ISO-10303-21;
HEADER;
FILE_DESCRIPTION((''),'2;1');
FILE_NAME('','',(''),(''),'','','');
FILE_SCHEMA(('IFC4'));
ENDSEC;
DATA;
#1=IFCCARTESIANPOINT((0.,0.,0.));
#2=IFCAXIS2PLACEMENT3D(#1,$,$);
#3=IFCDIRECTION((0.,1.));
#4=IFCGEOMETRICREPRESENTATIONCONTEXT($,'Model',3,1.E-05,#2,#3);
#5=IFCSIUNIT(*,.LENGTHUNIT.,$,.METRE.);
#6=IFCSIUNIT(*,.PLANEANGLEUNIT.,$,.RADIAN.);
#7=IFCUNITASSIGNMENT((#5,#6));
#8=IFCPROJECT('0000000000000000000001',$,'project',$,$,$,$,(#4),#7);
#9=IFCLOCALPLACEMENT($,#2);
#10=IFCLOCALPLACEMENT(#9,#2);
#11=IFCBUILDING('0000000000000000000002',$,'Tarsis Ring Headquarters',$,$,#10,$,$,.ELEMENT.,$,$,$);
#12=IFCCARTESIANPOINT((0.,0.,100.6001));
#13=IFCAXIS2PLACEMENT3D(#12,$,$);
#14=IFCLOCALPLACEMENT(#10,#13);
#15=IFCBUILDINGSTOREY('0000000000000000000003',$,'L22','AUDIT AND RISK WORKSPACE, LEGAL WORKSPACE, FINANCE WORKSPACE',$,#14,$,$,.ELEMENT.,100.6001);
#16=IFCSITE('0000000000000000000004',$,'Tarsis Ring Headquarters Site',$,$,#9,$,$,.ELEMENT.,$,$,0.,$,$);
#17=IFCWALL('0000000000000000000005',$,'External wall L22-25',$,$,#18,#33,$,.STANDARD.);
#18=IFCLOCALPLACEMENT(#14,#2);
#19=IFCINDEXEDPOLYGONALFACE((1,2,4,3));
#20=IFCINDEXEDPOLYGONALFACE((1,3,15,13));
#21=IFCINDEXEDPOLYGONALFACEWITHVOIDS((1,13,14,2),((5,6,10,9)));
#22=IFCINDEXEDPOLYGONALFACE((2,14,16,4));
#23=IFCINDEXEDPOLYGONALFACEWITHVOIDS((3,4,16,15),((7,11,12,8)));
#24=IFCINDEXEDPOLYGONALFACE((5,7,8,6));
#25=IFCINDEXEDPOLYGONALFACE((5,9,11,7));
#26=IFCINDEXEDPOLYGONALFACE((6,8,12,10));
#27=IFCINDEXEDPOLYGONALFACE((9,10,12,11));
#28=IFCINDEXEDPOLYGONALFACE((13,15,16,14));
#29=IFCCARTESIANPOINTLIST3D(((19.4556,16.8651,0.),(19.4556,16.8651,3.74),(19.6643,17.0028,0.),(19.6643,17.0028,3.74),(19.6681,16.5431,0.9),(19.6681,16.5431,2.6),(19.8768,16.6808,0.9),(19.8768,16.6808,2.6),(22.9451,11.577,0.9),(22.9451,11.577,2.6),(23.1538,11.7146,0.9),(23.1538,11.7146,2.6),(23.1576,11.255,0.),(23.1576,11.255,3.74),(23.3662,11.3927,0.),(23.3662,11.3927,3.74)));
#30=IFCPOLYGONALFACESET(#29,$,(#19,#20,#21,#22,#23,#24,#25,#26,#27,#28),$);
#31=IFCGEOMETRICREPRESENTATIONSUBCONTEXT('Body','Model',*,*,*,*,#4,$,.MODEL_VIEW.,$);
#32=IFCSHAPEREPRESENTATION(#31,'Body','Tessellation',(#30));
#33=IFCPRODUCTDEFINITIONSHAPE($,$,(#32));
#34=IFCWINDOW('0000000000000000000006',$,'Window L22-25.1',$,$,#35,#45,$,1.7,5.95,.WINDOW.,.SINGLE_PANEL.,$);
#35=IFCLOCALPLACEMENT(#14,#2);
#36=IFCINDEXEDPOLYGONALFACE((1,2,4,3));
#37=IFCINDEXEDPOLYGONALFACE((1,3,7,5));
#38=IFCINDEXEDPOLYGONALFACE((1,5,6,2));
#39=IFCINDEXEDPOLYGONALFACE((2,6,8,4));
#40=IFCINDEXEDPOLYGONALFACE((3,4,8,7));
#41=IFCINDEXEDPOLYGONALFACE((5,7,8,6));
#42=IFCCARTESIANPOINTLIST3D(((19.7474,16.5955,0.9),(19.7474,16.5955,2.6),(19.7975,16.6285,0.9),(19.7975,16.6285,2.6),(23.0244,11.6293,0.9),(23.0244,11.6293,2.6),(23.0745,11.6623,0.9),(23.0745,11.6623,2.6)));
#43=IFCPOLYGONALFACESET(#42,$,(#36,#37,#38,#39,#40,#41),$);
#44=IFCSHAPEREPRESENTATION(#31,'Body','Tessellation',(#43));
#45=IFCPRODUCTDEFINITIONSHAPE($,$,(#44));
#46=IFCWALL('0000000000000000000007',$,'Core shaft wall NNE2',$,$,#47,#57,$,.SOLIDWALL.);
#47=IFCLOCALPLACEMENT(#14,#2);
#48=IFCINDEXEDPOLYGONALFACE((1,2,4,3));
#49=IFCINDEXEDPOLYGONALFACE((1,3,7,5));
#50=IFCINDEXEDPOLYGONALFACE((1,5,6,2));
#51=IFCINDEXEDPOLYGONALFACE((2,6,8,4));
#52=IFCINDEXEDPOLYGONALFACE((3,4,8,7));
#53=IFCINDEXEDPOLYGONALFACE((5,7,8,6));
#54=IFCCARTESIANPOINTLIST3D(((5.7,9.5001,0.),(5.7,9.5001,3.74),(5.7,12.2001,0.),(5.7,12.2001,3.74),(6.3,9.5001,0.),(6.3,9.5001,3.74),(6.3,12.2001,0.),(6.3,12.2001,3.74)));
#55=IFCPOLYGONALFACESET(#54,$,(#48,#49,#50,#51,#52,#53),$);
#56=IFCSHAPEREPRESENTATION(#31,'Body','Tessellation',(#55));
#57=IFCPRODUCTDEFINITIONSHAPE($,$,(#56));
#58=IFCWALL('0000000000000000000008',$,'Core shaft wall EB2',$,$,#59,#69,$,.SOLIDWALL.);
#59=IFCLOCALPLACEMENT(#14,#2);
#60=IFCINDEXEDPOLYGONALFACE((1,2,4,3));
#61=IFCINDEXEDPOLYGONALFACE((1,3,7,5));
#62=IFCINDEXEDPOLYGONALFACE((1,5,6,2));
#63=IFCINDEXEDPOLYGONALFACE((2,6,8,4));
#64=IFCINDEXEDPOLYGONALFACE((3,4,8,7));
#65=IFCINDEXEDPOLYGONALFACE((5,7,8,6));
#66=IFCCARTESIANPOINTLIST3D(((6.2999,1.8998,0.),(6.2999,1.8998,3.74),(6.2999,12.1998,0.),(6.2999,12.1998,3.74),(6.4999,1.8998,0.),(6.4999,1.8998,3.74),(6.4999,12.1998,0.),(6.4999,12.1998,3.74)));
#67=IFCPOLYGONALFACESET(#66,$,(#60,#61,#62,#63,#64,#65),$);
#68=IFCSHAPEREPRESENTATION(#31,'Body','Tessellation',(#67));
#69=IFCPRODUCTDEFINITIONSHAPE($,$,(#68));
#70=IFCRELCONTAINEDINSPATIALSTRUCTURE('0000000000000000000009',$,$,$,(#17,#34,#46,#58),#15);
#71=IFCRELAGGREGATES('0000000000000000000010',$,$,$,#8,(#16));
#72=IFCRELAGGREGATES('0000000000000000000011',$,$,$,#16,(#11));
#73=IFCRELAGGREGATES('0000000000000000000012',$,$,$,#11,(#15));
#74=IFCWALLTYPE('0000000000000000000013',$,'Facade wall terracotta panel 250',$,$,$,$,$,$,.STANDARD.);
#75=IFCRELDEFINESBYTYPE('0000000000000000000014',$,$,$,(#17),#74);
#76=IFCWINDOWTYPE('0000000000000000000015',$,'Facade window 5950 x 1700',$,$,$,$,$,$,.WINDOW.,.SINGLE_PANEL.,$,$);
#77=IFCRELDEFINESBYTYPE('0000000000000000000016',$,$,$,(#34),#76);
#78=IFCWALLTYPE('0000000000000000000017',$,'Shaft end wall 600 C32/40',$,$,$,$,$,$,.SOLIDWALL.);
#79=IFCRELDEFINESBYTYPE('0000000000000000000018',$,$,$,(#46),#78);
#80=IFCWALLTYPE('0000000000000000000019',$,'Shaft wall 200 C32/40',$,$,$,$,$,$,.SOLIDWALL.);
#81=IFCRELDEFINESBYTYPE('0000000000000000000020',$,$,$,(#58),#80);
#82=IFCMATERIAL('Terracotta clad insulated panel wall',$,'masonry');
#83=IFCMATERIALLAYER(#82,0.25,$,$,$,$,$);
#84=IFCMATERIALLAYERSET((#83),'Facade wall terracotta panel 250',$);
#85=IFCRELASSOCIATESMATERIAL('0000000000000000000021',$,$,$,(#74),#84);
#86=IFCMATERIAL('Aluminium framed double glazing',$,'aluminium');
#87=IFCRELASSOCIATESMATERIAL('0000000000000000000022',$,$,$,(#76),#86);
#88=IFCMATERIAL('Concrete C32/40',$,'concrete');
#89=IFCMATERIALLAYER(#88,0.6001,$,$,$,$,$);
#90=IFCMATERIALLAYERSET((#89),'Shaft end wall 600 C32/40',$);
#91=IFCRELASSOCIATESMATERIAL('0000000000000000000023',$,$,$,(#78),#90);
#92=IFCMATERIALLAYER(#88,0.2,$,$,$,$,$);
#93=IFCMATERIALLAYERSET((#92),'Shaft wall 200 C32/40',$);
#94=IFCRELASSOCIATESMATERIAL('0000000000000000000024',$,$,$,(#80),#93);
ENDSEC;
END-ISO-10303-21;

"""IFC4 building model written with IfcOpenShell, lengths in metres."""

from ifc_helpers import new_model, si_unit, direction, frame, frame_2d, origin, place, context, subcontext, project, spatial, rectangle, extrude, material, layer, layer_set, type_object, element, fill, save


model = new_model("IFC4")

# Units and contexts
model_context = context("Model", 3, precision=1e-05, world=origin(), true_north=direction((0.0, 1.0)))
body_context = subcontext(model_context, "Body", "Model", "MODEL_VIEW")
ifc_project = project(units=[si_unit("LENGTHUNIT", "METRE"), si_unit("PLANEANGLEUNIT", "RADIAN")], contexts=[model_context])

# Site, building, storey
site_placement = place(None, origin())
site = spatial("IfcSite", under=ifc_project, at=site_placement, Name="Tarsis Ring Headquarters Site", CompositionType="ELEMENT", RefElevation=0.0)
building_placement = place(site_placement, origin())
building = spatial("IfcBuilding", under=site, at=building_placement, Name="Tarsis Ring Headquarters", CompositionType="ELEMENT")
storey_placement = place(building_placement, frame((0.0, 0.0, 100.6001)))
storey = spatial("IfcBuildingStorey", under=building, at=storey_placement, Name="L22", Description="AUDIT AND RISK WORKSPACE, LEGAL WORKSPACE, FINANCE WORKSPACE", CompositionType="ELEMENT", Elevation=100.6001)

# Wall, opening, window
ifc_material_1 = material(Name="Terracotta clad insulated panel wall", Category="masonry")
ifc_layer_1 = layer(ifc_material_1, 0.25)
ifc_layer_set_1 = layer_set([ifc_layer_1], Name="Facade wall terracotta panel 250")
wall_type_1 = type_object("IfcWallType", Name="Facade wall terracotta panel 250", PredefinedType="STANDARD", material=ifc_layer_set_1)
ifc_material_2 = material(Name="Aluminium framed double glazing", Category="aluminium")
window_type = type_object("IfcWindowType", Name="Facade window 5950 x 1700", PartitioningType="SINGLE_PANEL", PredefinedType="WINDOW", material=ifc_material_2)
wall_1_placement = place(storey_placement, frame((23.262, 11.3237, 0.0), z_axis=(0.0, 0.0, 1.0), x_axis=(-0.550763, 0.834662, 0.0)))
wall_1 = element("IfcWall", 1, at=wall_1_placement, inside=storey, type_object=wall_type_1, Name="External wall L22-25", PredefinedType="STANDARD", context=body_context, shape_type="SweptSolid", body=[
    extrude(rectangle(XDim=6.7214, YDim=0.25, at=frame_2d((3.3608, 0.0))), origin(), (0.0, 0.0, 1.0), 3.74),
])
opening_1_placement = place(wall_1_placement, frame((0.3857, 0.0, 0.8999)))
opening_1 = element("IfcOpeningElement", 2, at=opening_1_placement, cuts=wall_1, PredefinedType="OPENING", context=body_context, shape_type="SweptSolid", body=[
    extrude(rectangle(XDim=5.95, YDim=1.7, at=frame_2d((2.9751, 0.8501))), frame((0.0, 0.135, 0.0), z_axis=(0.0, -1.0, 0.0), x_axis=(1.0, 0.0, 0.0)), (0.0, 0.0, 1.0), 0.27),
])
window_1_placement = place(opening_1_placement, origin())
window_1 = element("IfcWindow", 3, at=window_1_placement, inside=storey, type_object=window_type, Name="Window L22-25.1", OverallHeight=1.7, OverallWidth=5.95, PartitioningType="SINGLE_PANEL", PredefinedType="WINDOW", context=body_context, shape_type="SweptSolid", body=[
    extrude(rectangle(XDim=5.95, YDim=1.7, at=frame_2d((2.9751, 0.8501))), frame((0.0, 0.03, 0.0), z_axis=(0.0, -1.0, 0.0), x_axis=(1.0, 0.0, 0.0)), (0.0, 0.0, 1.0), 0.0601),
])
fill(opening_1, window_1)

# Walls
ifc_material_3 = material(Name="Concrete C32/40", Category="concrete")
ifc_layer_2 = layer(ifc_material_3, 0.6001)
ifc_layer_set_2 = layer_set([ifc_layer_2], Name="Shaft end wall 600 C32/40")
wall_type_2 = type_object("IfcWallType", Name="Shaft end wall 600 C32/40", PredefinedType="SOLIDWALL", material=ifc_layer_set_2)
wall_2_placement = place(storey_placement, frame((6.0, 9.5, 0.0), z_axis=(0.0, 0.0, 1.0), x_axis=(0.0, 1.0, 0.0)))
element("IfcWall", 4, at=wall_2_placement, inside=storey, type_object=wall_type_2, Name="Core shaft wall NNE2", PredefinedType="SOLIDWALL", context=body_context, shape_type="SweptSolid", body=[
    extrude(rectangle(XDim=2.7, YDim=0.6001, at=frame_2d((1.3501, 0.0))), origin(), (0.0, 0.0, 1.0), 3.74),
])
ifc_layer_3 = layer(ifc_material_3, 0.2)
ifc_layer_set_3 = layer_set([ifc_layer_3], Name="Shaft wall 200 C32/40")
wall_type_3 = type_object("IfcWallType", Name="Shaft wall 200 C32/40", PredefinedType="SOLIDWALL", material=ifc_layer_set_3)
wall_3_placement = place(storey_placement, frame((6.3999, 1.8999, 0.0), z_axis=(0.0, 0.0, 1.0), x_axis=(0.0, 1.0, 0.0)))
element("IfcWall", 5, at=wall_3_placement, inside=storey, type_object=wall_type_3, Name="Core shaft wall EB2", PredefinedType="SOLIDWALL", context=body_context, shape_type="SweptSolid", body=[
    extrude(rectangle(XDim=10.3, YDim=0.2, at=frame_2d((5.1499, 0.0))), origin(), (0.0, 0.0, 1.0), 3.74),
])

save(model, "model.ifc")
